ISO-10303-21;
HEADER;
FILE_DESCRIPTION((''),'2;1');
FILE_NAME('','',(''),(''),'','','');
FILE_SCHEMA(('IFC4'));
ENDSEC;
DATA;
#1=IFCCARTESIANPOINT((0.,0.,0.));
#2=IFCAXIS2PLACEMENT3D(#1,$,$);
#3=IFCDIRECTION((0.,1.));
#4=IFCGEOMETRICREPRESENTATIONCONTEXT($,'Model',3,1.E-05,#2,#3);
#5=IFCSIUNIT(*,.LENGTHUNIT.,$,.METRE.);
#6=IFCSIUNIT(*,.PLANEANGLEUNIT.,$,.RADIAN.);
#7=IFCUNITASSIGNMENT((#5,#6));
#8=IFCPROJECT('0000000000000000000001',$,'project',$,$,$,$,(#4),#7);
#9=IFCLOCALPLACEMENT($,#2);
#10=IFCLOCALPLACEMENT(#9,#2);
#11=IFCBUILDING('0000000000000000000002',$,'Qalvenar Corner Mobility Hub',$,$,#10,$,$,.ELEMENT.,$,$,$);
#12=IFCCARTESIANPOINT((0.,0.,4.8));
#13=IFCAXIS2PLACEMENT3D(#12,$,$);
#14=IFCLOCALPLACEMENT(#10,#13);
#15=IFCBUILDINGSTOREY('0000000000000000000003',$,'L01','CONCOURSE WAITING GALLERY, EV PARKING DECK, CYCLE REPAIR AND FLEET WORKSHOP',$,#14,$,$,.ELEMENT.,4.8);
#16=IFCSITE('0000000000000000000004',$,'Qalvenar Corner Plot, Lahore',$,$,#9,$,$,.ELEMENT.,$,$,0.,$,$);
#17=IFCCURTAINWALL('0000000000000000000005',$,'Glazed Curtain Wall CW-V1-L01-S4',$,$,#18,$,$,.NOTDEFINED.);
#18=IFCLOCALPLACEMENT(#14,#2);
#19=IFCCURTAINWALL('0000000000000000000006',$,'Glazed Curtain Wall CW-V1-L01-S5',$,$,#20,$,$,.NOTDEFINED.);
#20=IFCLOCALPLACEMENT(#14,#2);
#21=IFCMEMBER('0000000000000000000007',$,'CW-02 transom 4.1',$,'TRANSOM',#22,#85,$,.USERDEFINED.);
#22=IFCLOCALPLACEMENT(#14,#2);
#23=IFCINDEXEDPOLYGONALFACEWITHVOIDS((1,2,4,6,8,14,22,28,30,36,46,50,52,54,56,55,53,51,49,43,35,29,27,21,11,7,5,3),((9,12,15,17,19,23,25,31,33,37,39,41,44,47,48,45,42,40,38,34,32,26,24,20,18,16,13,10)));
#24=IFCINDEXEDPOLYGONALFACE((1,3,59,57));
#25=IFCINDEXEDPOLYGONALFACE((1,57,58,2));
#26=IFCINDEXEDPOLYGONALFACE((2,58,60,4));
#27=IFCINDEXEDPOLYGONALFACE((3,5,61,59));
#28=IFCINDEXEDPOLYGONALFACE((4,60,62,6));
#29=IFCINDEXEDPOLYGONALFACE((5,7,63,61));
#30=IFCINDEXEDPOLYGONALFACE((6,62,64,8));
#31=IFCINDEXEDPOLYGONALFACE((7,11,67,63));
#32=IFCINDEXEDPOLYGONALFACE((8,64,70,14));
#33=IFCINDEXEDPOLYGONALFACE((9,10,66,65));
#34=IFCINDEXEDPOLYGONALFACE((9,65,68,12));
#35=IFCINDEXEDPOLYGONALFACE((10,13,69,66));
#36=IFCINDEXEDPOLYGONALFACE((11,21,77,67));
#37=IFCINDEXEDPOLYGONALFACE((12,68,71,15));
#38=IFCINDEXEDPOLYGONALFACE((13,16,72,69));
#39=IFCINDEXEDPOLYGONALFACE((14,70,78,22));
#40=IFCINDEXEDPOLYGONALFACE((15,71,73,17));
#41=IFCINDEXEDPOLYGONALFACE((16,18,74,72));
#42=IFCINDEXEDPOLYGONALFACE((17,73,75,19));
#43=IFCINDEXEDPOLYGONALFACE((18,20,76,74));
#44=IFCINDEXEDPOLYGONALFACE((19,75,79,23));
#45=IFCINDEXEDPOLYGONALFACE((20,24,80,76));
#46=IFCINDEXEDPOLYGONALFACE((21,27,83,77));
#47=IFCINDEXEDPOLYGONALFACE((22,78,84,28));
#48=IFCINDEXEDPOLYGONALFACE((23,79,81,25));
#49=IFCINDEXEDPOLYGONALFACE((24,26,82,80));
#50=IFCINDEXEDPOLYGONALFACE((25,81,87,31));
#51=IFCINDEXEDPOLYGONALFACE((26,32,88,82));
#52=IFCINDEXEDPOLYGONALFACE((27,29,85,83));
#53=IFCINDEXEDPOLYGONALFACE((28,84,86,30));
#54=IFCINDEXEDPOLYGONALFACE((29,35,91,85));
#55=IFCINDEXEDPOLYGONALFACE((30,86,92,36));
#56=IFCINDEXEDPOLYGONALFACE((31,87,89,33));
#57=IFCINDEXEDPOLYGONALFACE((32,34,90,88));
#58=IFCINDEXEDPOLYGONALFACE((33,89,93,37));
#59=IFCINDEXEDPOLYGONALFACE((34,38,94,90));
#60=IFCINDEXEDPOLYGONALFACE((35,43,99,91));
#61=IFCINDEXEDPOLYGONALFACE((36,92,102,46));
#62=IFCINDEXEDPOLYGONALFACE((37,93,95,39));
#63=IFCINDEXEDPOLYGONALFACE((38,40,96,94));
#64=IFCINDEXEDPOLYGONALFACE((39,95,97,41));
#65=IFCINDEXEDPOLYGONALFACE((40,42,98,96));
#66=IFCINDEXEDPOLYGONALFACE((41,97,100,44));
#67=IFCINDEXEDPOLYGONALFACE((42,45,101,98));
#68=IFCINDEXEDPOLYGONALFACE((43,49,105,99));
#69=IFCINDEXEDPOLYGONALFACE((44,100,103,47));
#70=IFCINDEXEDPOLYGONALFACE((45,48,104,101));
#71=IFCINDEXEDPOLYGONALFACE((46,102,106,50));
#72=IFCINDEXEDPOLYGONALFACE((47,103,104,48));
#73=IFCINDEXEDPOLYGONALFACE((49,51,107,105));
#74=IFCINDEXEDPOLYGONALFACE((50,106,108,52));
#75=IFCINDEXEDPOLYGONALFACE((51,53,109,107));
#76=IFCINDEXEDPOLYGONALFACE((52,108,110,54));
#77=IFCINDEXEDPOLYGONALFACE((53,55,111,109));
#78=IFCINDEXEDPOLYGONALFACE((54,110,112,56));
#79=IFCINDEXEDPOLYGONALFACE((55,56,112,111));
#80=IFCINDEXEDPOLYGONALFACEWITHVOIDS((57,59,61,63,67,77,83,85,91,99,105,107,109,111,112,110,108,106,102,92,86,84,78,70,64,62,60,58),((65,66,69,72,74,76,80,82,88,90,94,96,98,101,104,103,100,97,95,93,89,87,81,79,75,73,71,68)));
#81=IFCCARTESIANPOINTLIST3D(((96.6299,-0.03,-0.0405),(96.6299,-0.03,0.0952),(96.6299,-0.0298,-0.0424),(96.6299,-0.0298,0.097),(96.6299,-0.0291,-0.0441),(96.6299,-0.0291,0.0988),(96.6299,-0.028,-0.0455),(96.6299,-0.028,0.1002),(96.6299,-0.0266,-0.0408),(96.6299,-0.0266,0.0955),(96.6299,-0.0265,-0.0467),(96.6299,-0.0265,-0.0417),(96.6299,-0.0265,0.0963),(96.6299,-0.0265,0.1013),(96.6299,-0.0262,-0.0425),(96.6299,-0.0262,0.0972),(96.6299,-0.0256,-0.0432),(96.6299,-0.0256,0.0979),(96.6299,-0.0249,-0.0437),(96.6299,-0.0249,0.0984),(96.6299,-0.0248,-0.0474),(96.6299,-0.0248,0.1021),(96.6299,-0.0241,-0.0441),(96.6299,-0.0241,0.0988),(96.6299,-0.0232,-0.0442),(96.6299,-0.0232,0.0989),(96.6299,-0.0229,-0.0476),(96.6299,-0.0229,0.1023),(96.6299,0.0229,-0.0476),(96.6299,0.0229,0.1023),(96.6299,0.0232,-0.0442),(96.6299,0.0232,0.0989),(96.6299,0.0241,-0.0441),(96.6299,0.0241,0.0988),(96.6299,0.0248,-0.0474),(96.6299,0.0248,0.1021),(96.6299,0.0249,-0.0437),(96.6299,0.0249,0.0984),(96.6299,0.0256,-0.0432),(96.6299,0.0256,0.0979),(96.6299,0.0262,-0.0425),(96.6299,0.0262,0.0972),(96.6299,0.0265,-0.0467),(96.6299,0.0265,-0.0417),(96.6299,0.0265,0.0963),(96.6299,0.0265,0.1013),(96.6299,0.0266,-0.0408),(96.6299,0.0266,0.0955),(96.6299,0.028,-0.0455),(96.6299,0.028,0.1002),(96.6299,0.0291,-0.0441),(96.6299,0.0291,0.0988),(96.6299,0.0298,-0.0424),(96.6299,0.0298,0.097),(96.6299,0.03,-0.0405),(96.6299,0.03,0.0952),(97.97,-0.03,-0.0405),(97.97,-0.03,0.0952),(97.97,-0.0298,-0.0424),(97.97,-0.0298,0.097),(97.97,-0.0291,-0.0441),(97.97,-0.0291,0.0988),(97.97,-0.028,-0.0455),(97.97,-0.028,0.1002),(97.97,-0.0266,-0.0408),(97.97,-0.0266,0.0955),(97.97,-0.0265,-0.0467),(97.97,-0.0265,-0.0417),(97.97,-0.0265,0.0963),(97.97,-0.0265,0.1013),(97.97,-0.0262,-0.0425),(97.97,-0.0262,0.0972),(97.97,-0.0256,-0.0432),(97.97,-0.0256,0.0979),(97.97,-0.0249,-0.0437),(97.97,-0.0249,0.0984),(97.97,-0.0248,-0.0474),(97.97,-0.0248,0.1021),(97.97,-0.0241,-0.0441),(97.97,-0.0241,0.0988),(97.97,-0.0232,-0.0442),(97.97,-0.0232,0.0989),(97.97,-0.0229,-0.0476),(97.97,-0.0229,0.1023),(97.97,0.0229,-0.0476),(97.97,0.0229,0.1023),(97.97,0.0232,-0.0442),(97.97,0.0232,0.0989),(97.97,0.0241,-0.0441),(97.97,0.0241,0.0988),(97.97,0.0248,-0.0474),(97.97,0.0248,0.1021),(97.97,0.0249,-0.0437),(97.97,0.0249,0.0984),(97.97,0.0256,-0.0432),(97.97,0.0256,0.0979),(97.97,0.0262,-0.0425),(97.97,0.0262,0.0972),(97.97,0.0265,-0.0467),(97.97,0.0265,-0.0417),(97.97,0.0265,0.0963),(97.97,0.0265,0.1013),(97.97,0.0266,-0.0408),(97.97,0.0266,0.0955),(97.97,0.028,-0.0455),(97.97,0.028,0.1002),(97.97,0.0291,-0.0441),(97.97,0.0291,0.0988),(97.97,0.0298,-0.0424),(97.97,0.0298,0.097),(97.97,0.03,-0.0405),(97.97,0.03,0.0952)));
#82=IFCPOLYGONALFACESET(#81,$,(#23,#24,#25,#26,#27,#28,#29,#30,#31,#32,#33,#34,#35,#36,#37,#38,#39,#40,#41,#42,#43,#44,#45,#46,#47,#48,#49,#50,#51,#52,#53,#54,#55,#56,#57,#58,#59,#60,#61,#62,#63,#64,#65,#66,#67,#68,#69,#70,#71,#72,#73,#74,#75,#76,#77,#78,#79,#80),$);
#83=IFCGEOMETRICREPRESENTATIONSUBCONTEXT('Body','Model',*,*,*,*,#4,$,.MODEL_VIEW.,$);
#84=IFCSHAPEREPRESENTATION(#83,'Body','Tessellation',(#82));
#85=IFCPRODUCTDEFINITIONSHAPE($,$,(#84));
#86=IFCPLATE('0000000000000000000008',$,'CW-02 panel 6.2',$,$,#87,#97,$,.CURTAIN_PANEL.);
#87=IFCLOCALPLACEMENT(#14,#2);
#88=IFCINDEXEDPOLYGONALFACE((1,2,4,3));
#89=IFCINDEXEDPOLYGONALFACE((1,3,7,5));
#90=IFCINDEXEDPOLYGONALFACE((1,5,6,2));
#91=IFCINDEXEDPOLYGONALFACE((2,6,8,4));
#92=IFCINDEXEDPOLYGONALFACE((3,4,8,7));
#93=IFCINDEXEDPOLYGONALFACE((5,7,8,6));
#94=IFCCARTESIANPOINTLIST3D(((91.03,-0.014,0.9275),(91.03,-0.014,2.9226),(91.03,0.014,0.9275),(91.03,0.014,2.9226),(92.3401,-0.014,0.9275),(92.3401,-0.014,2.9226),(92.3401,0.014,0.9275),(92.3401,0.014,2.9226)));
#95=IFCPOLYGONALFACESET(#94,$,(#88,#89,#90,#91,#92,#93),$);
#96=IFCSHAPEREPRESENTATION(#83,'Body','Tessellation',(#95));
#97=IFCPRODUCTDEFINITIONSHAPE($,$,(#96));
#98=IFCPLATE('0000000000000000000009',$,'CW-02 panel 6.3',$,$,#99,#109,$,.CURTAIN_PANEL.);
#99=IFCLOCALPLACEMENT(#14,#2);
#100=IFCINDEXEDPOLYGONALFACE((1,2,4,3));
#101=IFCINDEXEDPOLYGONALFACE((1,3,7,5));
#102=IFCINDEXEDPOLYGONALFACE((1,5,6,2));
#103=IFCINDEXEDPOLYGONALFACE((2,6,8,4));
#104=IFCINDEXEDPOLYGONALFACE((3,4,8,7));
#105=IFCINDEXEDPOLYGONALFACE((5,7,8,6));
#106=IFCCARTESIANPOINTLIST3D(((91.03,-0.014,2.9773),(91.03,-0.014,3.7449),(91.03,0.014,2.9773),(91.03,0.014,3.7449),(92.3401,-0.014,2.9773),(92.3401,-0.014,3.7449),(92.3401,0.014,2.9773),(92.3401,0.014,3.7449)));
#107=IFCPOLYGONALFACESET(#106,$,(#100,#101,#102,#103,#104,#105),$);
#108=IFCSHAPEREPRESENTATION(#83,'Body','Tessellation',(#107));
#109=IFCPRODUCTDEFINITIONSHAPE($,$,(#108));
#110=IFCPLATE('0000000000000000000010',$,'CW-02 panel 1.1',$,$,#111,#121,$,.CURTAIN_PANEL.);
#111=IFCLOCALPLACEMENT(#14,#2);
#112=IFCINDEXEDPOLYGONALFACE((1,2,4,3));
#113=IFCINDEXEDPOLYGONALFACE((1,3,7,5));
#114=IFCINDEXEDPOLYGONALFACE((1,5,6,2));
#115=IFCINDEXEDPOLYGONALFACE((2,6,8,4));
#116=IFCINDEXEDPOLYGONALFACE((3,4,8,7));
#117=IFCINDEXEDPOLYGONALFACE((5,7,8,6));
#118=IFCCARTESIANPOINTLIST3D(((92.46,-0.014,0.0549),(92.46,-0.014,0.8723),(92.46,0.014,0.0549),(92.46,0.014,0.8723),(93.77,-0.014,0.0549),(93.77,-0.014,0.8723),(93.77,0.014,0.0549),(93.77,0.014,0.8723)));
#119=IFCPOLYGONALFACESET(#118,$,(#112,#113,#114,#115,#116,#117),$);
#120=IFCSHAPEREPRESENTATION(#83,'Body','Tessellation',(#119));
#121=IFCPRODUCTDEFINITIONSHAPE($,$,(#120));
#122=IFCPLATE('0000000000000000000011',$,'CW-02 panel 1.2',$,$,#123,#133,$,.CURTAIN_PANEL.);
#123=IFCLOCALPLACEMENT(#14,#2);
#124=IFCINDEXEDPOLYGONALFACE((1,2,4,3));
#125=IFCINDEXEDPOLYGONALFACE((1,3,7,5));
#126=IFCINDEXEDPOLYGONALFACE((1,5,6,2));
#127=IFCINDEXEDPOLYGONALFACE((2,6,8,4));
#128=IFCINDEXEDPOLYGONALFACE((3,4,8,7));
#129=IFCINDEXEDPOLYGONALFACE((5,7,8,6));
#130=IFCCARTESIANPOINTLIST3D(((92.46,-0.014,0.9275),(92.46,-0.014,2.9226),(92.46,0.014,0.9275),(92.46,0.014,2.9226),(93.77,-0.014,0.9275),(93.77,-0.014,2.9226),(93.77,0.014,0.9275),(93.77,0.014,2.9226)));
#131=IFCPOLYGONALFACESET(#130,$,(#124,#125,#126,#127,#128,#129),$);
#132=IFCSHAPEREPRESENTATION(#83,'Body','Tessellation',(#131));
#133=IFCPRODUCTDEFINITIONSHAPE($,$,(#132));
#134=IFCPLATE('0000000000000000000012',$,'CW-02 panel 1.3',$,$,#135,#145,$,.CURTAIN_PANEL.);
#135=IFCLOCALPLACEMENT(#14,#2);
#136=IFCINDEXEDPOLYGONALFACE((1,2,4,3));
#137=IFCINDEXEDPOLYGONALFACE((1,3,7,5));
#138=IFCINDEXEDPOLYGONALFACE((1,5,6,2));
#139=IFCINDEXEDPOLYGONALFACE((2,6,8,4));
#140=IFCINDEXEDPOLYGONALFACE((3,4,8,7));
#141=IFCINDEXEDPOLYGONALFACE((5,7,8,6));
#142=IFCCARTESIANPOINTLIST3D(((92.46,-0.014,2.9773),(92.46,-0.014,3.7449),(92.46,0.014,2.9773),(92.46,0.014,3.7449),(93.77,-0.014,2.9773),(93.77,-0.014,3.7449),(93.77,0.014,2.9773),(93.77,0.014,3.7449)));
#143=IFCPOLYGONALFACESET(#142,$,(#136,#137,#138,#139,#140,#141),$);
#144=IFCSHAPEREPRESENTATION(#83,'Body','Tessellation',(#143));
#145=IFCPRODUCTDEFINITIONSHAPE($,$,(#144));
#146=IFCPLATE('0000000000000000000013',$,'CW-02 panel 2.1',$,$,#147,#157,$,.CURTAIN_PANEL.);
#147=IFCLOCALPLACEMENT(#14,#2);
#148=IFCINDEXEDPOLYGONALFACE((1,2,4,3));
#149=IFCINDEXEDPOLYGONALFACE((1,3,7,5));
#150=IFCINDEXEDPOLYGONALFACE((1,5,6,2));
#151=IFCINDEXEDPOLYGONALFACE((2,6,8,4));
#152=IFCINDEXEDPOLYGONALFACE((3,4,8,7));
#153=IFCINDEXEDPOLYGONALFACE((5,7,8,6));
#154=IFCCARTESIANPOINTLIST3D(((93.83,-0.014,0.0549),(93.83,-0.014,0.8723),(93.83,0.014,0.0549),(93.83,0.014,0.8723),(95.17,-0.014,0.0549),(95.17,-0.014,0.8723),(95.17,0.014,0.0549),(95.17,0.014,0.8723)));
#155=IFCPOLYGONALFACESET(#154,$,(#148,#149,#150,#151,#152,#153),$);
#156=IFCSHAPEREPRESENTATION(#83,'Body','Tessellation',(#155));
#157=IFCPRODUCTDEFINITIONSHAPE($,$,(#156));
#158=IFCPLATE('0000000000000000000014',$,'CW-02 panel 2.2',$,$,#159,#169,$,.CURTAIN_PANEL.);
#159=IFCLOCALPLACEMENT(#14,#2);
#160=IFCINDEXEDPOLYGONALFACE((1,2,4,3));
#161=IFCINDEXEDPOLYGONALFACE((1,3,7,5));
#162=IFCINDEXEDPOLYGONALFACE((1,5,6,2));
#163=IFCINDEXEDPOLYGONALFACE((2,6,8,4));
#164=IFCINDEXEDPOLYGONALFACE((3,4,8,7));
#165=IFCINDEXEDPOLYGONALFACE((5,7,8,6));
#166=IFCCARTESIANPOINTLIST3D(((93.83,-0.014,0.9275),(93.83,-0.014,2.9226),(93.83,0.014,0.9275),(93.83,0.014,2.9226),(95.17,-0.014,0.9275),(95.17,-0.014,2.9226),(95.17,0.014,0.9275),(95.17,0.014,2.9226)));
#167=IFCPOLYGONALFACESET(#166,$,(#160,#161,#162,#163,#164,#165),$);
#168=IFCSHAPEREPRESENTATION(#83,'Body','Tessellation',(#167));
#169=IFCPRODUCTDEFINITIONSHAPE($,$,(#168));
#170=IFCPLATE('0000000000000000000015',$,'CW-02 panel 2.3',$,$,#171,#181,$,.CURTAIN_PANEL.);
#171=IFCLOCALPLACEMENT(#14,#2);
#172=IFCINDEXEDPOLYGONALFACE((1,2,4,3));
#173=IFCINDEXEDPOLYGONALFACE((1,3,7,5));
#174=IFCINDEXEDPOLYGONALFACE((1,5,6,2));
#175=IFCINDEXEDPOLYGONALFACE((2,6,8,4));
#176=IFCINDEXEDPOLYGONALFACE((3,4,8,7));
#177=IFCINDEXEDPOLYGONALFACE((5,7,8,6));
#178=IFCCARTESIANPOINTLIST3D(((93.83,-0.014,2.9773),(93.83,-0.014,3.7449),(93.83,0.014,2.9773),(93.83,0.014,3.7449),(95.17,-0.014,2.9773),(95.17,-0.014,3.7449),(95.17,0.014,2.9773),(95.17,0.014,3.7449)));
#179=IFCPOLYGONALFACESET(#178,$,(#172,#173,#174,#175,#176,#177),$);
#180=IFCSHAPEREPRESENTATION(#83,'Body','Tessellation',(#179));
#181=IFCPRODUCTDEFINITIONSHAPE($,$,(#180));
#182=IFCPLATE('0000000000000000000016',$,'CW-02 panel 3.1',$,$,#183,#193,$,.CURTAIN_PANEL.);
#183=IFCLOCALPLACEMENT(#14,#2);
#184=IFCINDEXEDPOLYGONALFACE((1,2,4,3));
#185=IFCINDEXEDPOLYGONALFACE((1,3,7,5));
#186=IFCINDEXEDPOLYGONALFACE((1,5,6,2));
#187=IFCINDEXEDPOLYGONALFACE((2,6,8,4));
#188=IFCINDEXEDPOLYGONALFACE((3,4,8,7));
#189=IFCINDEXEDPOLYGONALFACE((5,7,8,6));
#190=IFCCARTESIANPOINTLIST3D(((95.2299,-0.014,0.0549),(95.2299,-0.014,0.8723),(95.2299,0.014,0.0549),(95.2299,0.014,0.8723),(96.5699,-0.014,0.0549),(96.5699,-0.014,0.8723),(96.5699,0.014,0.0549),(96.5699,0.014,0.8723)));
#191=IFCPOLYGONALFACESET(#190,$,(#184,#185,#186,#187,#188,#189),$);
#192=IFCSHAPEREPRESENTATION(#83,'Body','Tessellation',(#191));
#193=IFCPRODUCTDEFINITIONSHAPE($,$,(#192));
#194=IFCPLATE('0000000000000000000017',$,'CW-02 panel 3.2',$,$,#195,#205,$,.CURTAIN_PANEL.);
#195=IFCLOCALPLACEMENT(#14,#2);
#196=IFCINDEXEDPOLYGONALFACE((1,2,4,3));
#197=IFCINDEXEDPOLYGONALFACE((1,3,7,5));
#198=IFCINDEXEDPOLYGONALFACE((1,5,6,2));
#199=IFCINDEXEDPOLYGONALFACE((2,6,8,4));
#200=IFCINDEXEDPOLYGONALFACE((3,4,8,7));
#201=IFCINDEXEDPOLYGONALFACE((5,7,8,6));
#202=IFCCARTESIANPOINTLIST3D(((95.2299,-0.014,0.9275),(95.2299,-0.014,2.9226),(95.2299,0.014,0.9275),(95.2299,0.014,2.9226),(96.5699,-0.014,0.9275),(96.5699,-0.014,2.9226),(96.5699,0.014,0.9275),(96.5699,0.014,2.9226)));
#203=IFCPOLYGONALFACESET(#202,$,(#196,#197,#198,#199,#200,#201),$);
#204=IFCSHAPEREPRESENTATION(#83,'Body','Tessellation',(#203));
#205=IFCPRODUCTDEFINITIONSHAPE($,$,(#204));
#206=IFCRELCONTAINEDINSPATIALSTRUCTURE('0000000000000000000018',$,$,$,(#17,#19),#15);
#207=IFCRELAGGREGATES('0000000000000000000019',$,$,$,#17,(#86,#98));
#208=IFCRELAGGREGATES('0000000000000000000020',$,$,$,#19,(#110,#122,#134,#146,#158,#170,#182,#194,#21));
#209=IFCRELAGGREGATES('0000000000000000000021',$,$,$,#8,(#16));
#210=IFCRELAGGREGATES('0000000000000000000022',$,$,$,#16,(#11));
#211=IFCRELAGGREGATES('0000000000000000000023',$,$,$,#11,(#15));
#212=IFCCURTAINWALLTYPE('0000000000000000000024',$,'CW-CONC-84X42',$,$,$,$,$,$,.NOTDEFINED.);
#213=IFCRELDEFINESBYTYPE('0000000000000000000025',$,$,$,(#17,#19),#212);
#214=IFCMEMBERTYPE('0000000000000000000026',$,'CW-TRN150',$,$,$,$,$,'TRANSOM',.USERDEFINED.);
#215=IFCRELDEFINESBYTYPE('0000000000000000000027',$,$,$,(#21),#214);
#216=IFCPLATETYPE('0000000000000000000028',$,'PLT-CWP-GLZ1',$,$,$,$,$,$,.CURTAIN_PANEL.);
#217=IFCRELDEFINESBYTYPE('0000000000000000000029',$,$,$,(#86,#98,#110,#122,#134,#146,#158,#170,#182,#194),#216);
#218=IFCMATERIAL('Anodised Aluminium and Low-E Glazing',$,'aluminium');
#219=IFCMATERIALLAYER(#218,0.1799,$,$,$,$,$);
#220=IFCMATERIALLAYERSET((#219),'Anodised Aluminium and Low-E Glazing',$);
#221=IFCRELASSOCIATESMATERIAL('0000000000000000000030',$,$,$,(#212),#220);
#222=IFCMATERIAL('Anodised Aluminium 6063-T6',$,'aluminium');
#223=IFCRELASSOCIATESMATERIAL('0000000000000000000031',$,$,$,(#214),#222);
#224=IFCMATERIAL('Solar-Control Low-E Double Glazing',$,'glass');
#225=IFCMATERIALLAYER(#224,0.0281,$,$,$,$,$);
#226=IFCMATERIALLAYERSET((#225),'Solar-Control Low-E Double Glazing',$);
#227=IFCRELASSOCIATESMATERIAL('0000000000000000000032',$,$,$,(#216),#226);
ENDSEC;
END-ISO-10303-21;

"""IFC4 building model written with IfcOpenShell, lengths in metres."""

from ifc_helpers import new_model, si_unit, direction, frame, origin, origin_2d, place, context, subcontext, project, spatial, rectangle, hollow_rectangle, extrude, material, layer, layer_set, material_profile, profile_set, type_object, element, aggregate, save


model = new_model("IFC4")

# Units and contexts
model_context = context("Model", 3, precision=1e-05, world=origin(), true_north=direction((0.0, 1.0)))
body_context = subcontext(model_context, "Body", "Model", "MODEL_VIEW")
ifc_project = project(units=[si_unit("LENGTHUNIT", "METRE"), si_unit("PLANEANGLEUNIT", "RADIAN")], contexts=[model_context])

# Site, building, storey
site_placement = place(None, origin())
site = spatial("IfcSite", under=ifc_project, at=site_placement, Name="Qalvenar Corner Plot, Lahore", CompositionType="ELEMENT", RefElevation=0.0)
building_placement = place(site_placement, origin())
building = spatial("IfcBuilding", under=site, at=building_placement, Name="Qalvenar Corner Mobility Hub", CompositionType="ELEMENT")
storey_placement = place(building_placement, frame((0.0, 0.0, 4.8)))
storey = spatial("IfcBuildingStorey", under=building, at=storey_placement, Name="L01", Description="CONCOURSE WAITING GALLERY, EV PARKING DECK, CYCLE REPAIR AND FLEET WORKSHOP", CompositionType="ELEMENT", Elevation=4.8)

# Curtain wall
ifc_material_1 = material(Name="Anodised Aluminium and Low-E Glazing", Category="aluminium")
ifc_layer_1 = layer(ifc_material_1, 0.1799)
ifc_layer_set_1 = layer_set([ifc_layer_1], Name="Anodised Aluminium and Low-E Glazing")
curtain_wall_type = type_object("IfcCurtainWallType", Name="CW-CONC-84X42", PredefinedType="NOTDEFINED", material=ifc_layer_set_1)
curtain_wall_1_placement = place(storey_placement, origin())
curtain_wall_1 = element("IfcCurtainWall", 1, at=curtain_wall_1_placement, inside=storey, type_object=curtain_wall_type, Name="Glazed Curtain Wall CW-V1-L01-S4", PredefinedType="NOTDEFINED")
ifc_material_2 = material(Name="Anodised Aluminium 6063-T6", Category="aluminium")

# Curtain wall, member
curtain_wall_2_placement = place(storey_placement, origin())
curtain_wall_2 = element("IfcCurtainWall", 2, at=curtain_wall_2_placement, inside=storey, type_object=curtain_wall_type, Name="Glazed Curtain Wall CW-V1-L01-S5", PredefinedType="NOTDEFINED")
ifc_material_profile_1 = material_profile(ifc_material_2, hollow_rectangle(XDim=0.0601, YDim=0.1499, WallThickness=0.0034, InnerFilletRadius=0.0034, OuterFilletRadius=0.0071, at=origin_2d()), Name="RHS150x60x3.5")
ifc_profile_set_1 = profile_set([ifc_material_profile_1], Name="Anodised Aluminium 6063-T6")
member_type_1 = type_object("IfcMemberType", Name="CW-TRN150", ElementType="TRANSOM", PredefinedType="USERDEFINED", material=ifc_profile_set_1)
member_1_placement = place(storey_placement, frame((96.6299, 0.0, 0.0273), z_axis=(1.0, 0.0, 0.0), x_axis=(0.0, 1.0, 0.0)))
member_1 = element("IfcMember", 3, at=member_1_placement, type_object=member_type_1, Name="CW-02 transom 4.1", ObjectType="TRANSOM", PredefinedType="USERDEFINED", context=body_context, shape_type="SweptSolid", body=[
    extrude(hollow_rectangle(XDim=0.0601, YDim=0.1499, WallThickness=0.0034, InnerFilletRadius=0.0034, OuterFilletRadius=0.0071, at=origin_2d()), origin(), (0.0, 0.0, 1.0), 1.3401),
])

# Plates
ifc_material_3 = material(Name="Solar-Control Low-E Double Glazing", Category="glass")
ifc_layer_2 = layer(ifc_material_3, 0.0281)
ifc_layer_set_2 = layer_set([ifc_layer_2], Name="Solar-Control Low-E Double Glazing")
plate_type = type_object("IfcPlateType", Name="PLT-CWP-GLZ1", PredefinedType="CURTAIN_PANEL", material=ifc_layer_set_2)
plate_1_placement = place(storey_placement, frame((91.6851, 0.0, 0.9275), z_axis=(0.0, 0.0, 1.0), x_axis=(1.0, 0.0, 0.0)))
plate_1 = element("IfcPlate", 4, at=plate_1_placement, type_object=plate_type, Name="CW-02 panel 6.2", PredefinedType="CURTAIN_PANEL", context=body_context, shape_type="SweptSolid", body=[
    extrude(rectangle(XDim=1.3101, YDim=0.0281, at=origin_2d()), origin(), (0.0, 0.0, 1.0), 1.9951),
])
plate_2_placement = place(storey_placement, frame((91.6851, 0.0, 2.9773), z_axis=(0.0, 0.0, 1.0), x_axis=(1.0, 0.0, 0.0)))
plate_2 = element("IfcPlate", 5, at=plate_2_placement, type_object=plate_type, Name="CW-02 panel 6.3", PredefinedType="CURTAIN_PANEL", context=body_context, shape_type="SweptSolid", body=[
    extrude(rectangle(XDim=1.3101, YDim=0.0281, at=origin_2d()), origin(), (0.0, 0.0, 1.0), 0.7676),
])
aggregate(curtain_wall_1, [plate_1, plate_2])
plate_3_placement = place(storey_placement, frame((93.115, 0.0, 0.0549), z_axis=(0.0, 0.0, 1.0), x_axis=(1.0, 0.0, 0.0)))
plate_3 = element("IfcPlate", 6, at=plate_3_placement, type_object=plate_type, Name="CW-02 panel 1.1", PredefinedType="CURTAIN_PANEL", context=body_context, shape_type="SweptSolid", body=[
    extrude(rectangle(XDim=1.3101, YDim=0.0281, at=origin_2d()), origin(), (0.0, 0.0, 1.0), 0.8174),
])
plate_4_placement = place(storey_placement, frame((93.115, 0.0, 0.9275), z_axis=(0.0, 0.0, 1.0), x_axis=(1.0, 0.0, 0.0)))
plate_4 = element("IfcPlate", 7, at=plate_4_placement, type_object=plate_type, Name="CW-02 panel 1.2", PredefinedType="CURTAIN_PANEL", context=body_context, shape_type="SweptSolid", body=[
    extrude(rectangle(XDim=1.3101, YDim=0.0281, at=origin_2d()), origin(), (0.0, 0.0, 1.0), 1.9951),
])
plate_5_placement = place(storey_placement, frame((93.115, 0.0, 2.9773), z_axis=(0.0, 0.0, 1.0), x_axis=(1.0, 0.0, 0.0)))
plate_5 = element("IfcPlate", 8, at=plate_5_placement, type_object=plate_type, Name="CW-02 panel 1.3", PredefinedType="CURTAIN_PANEL", context=body_context, shape_type="SweptSolid", body=[
    extrude(rectangle(XDim=1.3101, YDim=0.0281, at=origin_2d()), origin(), (0.0, 0.0, 1.0), 0.7676),
])
plate_6_placement = place(storey_placement, frame((94.5, 0.0, 0.0549), z_axis=(0.0, 0.0, 1.0), x_axis=(1.0, 0.0, 0.0)))
plate_6 = element("IfcPlate", 9, at=plate_6_placement, type_object=plate_type, Name="CW-02 panel 2.1", PredefinedType="CURTAIN_PANEL", context=body_context, shape_type="SweptSolid", body=[
    extrude(rectangle(XDim=1.3401, YDim=0.0281, at=origin_2d()), origin(), (0.0, 0.0, 1.0), 0.8174),
])
plate_7_placement = place(storey_placement, frame((94.5, 0.0, 0.9275), z_axis=(0.0, 0.0, 1.0), x_axis=(1.0, 0.0, 0.0)))
plate_7 = element("IfcPlate", 10, at=plate_7_placement, type_object=plate_type, Name="CW-02 panel 2.2", PredefinedType="CURTAIN_PANEL", context=body_context, shape_type="SweptSolid", body=[
    extrude(rectangle(XDim=1.3401, YDim=0.0281, at=origin_2d()), origin(), (0.0, 0.0, 1.0), 1.9951),
])
plate_8_placement = place(storey_placement, frame((94.5, 0.0, 2.9773), z_axis=(0.0, 0.0, 1.0), x_axis=(1.0, 0.0, 0.0)))
plate_8 = element("IfcPlate", 11, at=plate_8_placement, type_object=plate_type, Name="CW-02 panel 2.3", PredefinedType="CURTAIN_PANEL", context=body_context, shape_type="SweptSolid", body=[
    extrude(rectangle(XDim=1.3401, YDim=0.0281, at=origin_2d()), origin(), (0.0, 0.0, 1.0), 0.7676),
])
plate_9_placement = place(storey_placement, frame((95.8999, 0.0, 0.0549), z_axis=(0.0, 0.0, 1.0), x_axis=(1.0, 0.0, 0.0)))
plate_9 = element("IfcPlate", 12, at=plate_9_placement, type_object=plate_type, Name="CW-02 panel 3.1", PredefinedType="CURTAIN_PANEL", context=body_context, shape_type="SweptSolid", body=[
    extrude(rectangle(XDim=1.3401, YDim=0.0281, at=origin_2d()), origin(), (0.0, 0.0, 1.0), 0.8174),
])
plate_10_placement = place(storey_placement, frame((95.8999, 0.0, 0.9275), z_axis=(0.0, 0.0, 1.0), x_axis=(1.0, 0.0, 0.0)))
plate_10 = element("IfcPlate", 13, at=plate_10_placement, type_object=plate_type, Name="CW-02 panel 3.2", PredefinedType="CURTAIN_PANEL", context=body_context, shape_type="SweptSolid", body=[
    extrude(rectangle(XDim=1.3401, YDim=0.0281, at=origin_2d()), origin(), (0.0, 0.0, 1.0), 1.9951),
])
aggregate(curtain_wall_2, [plate_3, plate_4, plate_5, plate_6, plate_7, plate_8, plate_9, plate_10, member_1])

save(model, "model.ifc")
